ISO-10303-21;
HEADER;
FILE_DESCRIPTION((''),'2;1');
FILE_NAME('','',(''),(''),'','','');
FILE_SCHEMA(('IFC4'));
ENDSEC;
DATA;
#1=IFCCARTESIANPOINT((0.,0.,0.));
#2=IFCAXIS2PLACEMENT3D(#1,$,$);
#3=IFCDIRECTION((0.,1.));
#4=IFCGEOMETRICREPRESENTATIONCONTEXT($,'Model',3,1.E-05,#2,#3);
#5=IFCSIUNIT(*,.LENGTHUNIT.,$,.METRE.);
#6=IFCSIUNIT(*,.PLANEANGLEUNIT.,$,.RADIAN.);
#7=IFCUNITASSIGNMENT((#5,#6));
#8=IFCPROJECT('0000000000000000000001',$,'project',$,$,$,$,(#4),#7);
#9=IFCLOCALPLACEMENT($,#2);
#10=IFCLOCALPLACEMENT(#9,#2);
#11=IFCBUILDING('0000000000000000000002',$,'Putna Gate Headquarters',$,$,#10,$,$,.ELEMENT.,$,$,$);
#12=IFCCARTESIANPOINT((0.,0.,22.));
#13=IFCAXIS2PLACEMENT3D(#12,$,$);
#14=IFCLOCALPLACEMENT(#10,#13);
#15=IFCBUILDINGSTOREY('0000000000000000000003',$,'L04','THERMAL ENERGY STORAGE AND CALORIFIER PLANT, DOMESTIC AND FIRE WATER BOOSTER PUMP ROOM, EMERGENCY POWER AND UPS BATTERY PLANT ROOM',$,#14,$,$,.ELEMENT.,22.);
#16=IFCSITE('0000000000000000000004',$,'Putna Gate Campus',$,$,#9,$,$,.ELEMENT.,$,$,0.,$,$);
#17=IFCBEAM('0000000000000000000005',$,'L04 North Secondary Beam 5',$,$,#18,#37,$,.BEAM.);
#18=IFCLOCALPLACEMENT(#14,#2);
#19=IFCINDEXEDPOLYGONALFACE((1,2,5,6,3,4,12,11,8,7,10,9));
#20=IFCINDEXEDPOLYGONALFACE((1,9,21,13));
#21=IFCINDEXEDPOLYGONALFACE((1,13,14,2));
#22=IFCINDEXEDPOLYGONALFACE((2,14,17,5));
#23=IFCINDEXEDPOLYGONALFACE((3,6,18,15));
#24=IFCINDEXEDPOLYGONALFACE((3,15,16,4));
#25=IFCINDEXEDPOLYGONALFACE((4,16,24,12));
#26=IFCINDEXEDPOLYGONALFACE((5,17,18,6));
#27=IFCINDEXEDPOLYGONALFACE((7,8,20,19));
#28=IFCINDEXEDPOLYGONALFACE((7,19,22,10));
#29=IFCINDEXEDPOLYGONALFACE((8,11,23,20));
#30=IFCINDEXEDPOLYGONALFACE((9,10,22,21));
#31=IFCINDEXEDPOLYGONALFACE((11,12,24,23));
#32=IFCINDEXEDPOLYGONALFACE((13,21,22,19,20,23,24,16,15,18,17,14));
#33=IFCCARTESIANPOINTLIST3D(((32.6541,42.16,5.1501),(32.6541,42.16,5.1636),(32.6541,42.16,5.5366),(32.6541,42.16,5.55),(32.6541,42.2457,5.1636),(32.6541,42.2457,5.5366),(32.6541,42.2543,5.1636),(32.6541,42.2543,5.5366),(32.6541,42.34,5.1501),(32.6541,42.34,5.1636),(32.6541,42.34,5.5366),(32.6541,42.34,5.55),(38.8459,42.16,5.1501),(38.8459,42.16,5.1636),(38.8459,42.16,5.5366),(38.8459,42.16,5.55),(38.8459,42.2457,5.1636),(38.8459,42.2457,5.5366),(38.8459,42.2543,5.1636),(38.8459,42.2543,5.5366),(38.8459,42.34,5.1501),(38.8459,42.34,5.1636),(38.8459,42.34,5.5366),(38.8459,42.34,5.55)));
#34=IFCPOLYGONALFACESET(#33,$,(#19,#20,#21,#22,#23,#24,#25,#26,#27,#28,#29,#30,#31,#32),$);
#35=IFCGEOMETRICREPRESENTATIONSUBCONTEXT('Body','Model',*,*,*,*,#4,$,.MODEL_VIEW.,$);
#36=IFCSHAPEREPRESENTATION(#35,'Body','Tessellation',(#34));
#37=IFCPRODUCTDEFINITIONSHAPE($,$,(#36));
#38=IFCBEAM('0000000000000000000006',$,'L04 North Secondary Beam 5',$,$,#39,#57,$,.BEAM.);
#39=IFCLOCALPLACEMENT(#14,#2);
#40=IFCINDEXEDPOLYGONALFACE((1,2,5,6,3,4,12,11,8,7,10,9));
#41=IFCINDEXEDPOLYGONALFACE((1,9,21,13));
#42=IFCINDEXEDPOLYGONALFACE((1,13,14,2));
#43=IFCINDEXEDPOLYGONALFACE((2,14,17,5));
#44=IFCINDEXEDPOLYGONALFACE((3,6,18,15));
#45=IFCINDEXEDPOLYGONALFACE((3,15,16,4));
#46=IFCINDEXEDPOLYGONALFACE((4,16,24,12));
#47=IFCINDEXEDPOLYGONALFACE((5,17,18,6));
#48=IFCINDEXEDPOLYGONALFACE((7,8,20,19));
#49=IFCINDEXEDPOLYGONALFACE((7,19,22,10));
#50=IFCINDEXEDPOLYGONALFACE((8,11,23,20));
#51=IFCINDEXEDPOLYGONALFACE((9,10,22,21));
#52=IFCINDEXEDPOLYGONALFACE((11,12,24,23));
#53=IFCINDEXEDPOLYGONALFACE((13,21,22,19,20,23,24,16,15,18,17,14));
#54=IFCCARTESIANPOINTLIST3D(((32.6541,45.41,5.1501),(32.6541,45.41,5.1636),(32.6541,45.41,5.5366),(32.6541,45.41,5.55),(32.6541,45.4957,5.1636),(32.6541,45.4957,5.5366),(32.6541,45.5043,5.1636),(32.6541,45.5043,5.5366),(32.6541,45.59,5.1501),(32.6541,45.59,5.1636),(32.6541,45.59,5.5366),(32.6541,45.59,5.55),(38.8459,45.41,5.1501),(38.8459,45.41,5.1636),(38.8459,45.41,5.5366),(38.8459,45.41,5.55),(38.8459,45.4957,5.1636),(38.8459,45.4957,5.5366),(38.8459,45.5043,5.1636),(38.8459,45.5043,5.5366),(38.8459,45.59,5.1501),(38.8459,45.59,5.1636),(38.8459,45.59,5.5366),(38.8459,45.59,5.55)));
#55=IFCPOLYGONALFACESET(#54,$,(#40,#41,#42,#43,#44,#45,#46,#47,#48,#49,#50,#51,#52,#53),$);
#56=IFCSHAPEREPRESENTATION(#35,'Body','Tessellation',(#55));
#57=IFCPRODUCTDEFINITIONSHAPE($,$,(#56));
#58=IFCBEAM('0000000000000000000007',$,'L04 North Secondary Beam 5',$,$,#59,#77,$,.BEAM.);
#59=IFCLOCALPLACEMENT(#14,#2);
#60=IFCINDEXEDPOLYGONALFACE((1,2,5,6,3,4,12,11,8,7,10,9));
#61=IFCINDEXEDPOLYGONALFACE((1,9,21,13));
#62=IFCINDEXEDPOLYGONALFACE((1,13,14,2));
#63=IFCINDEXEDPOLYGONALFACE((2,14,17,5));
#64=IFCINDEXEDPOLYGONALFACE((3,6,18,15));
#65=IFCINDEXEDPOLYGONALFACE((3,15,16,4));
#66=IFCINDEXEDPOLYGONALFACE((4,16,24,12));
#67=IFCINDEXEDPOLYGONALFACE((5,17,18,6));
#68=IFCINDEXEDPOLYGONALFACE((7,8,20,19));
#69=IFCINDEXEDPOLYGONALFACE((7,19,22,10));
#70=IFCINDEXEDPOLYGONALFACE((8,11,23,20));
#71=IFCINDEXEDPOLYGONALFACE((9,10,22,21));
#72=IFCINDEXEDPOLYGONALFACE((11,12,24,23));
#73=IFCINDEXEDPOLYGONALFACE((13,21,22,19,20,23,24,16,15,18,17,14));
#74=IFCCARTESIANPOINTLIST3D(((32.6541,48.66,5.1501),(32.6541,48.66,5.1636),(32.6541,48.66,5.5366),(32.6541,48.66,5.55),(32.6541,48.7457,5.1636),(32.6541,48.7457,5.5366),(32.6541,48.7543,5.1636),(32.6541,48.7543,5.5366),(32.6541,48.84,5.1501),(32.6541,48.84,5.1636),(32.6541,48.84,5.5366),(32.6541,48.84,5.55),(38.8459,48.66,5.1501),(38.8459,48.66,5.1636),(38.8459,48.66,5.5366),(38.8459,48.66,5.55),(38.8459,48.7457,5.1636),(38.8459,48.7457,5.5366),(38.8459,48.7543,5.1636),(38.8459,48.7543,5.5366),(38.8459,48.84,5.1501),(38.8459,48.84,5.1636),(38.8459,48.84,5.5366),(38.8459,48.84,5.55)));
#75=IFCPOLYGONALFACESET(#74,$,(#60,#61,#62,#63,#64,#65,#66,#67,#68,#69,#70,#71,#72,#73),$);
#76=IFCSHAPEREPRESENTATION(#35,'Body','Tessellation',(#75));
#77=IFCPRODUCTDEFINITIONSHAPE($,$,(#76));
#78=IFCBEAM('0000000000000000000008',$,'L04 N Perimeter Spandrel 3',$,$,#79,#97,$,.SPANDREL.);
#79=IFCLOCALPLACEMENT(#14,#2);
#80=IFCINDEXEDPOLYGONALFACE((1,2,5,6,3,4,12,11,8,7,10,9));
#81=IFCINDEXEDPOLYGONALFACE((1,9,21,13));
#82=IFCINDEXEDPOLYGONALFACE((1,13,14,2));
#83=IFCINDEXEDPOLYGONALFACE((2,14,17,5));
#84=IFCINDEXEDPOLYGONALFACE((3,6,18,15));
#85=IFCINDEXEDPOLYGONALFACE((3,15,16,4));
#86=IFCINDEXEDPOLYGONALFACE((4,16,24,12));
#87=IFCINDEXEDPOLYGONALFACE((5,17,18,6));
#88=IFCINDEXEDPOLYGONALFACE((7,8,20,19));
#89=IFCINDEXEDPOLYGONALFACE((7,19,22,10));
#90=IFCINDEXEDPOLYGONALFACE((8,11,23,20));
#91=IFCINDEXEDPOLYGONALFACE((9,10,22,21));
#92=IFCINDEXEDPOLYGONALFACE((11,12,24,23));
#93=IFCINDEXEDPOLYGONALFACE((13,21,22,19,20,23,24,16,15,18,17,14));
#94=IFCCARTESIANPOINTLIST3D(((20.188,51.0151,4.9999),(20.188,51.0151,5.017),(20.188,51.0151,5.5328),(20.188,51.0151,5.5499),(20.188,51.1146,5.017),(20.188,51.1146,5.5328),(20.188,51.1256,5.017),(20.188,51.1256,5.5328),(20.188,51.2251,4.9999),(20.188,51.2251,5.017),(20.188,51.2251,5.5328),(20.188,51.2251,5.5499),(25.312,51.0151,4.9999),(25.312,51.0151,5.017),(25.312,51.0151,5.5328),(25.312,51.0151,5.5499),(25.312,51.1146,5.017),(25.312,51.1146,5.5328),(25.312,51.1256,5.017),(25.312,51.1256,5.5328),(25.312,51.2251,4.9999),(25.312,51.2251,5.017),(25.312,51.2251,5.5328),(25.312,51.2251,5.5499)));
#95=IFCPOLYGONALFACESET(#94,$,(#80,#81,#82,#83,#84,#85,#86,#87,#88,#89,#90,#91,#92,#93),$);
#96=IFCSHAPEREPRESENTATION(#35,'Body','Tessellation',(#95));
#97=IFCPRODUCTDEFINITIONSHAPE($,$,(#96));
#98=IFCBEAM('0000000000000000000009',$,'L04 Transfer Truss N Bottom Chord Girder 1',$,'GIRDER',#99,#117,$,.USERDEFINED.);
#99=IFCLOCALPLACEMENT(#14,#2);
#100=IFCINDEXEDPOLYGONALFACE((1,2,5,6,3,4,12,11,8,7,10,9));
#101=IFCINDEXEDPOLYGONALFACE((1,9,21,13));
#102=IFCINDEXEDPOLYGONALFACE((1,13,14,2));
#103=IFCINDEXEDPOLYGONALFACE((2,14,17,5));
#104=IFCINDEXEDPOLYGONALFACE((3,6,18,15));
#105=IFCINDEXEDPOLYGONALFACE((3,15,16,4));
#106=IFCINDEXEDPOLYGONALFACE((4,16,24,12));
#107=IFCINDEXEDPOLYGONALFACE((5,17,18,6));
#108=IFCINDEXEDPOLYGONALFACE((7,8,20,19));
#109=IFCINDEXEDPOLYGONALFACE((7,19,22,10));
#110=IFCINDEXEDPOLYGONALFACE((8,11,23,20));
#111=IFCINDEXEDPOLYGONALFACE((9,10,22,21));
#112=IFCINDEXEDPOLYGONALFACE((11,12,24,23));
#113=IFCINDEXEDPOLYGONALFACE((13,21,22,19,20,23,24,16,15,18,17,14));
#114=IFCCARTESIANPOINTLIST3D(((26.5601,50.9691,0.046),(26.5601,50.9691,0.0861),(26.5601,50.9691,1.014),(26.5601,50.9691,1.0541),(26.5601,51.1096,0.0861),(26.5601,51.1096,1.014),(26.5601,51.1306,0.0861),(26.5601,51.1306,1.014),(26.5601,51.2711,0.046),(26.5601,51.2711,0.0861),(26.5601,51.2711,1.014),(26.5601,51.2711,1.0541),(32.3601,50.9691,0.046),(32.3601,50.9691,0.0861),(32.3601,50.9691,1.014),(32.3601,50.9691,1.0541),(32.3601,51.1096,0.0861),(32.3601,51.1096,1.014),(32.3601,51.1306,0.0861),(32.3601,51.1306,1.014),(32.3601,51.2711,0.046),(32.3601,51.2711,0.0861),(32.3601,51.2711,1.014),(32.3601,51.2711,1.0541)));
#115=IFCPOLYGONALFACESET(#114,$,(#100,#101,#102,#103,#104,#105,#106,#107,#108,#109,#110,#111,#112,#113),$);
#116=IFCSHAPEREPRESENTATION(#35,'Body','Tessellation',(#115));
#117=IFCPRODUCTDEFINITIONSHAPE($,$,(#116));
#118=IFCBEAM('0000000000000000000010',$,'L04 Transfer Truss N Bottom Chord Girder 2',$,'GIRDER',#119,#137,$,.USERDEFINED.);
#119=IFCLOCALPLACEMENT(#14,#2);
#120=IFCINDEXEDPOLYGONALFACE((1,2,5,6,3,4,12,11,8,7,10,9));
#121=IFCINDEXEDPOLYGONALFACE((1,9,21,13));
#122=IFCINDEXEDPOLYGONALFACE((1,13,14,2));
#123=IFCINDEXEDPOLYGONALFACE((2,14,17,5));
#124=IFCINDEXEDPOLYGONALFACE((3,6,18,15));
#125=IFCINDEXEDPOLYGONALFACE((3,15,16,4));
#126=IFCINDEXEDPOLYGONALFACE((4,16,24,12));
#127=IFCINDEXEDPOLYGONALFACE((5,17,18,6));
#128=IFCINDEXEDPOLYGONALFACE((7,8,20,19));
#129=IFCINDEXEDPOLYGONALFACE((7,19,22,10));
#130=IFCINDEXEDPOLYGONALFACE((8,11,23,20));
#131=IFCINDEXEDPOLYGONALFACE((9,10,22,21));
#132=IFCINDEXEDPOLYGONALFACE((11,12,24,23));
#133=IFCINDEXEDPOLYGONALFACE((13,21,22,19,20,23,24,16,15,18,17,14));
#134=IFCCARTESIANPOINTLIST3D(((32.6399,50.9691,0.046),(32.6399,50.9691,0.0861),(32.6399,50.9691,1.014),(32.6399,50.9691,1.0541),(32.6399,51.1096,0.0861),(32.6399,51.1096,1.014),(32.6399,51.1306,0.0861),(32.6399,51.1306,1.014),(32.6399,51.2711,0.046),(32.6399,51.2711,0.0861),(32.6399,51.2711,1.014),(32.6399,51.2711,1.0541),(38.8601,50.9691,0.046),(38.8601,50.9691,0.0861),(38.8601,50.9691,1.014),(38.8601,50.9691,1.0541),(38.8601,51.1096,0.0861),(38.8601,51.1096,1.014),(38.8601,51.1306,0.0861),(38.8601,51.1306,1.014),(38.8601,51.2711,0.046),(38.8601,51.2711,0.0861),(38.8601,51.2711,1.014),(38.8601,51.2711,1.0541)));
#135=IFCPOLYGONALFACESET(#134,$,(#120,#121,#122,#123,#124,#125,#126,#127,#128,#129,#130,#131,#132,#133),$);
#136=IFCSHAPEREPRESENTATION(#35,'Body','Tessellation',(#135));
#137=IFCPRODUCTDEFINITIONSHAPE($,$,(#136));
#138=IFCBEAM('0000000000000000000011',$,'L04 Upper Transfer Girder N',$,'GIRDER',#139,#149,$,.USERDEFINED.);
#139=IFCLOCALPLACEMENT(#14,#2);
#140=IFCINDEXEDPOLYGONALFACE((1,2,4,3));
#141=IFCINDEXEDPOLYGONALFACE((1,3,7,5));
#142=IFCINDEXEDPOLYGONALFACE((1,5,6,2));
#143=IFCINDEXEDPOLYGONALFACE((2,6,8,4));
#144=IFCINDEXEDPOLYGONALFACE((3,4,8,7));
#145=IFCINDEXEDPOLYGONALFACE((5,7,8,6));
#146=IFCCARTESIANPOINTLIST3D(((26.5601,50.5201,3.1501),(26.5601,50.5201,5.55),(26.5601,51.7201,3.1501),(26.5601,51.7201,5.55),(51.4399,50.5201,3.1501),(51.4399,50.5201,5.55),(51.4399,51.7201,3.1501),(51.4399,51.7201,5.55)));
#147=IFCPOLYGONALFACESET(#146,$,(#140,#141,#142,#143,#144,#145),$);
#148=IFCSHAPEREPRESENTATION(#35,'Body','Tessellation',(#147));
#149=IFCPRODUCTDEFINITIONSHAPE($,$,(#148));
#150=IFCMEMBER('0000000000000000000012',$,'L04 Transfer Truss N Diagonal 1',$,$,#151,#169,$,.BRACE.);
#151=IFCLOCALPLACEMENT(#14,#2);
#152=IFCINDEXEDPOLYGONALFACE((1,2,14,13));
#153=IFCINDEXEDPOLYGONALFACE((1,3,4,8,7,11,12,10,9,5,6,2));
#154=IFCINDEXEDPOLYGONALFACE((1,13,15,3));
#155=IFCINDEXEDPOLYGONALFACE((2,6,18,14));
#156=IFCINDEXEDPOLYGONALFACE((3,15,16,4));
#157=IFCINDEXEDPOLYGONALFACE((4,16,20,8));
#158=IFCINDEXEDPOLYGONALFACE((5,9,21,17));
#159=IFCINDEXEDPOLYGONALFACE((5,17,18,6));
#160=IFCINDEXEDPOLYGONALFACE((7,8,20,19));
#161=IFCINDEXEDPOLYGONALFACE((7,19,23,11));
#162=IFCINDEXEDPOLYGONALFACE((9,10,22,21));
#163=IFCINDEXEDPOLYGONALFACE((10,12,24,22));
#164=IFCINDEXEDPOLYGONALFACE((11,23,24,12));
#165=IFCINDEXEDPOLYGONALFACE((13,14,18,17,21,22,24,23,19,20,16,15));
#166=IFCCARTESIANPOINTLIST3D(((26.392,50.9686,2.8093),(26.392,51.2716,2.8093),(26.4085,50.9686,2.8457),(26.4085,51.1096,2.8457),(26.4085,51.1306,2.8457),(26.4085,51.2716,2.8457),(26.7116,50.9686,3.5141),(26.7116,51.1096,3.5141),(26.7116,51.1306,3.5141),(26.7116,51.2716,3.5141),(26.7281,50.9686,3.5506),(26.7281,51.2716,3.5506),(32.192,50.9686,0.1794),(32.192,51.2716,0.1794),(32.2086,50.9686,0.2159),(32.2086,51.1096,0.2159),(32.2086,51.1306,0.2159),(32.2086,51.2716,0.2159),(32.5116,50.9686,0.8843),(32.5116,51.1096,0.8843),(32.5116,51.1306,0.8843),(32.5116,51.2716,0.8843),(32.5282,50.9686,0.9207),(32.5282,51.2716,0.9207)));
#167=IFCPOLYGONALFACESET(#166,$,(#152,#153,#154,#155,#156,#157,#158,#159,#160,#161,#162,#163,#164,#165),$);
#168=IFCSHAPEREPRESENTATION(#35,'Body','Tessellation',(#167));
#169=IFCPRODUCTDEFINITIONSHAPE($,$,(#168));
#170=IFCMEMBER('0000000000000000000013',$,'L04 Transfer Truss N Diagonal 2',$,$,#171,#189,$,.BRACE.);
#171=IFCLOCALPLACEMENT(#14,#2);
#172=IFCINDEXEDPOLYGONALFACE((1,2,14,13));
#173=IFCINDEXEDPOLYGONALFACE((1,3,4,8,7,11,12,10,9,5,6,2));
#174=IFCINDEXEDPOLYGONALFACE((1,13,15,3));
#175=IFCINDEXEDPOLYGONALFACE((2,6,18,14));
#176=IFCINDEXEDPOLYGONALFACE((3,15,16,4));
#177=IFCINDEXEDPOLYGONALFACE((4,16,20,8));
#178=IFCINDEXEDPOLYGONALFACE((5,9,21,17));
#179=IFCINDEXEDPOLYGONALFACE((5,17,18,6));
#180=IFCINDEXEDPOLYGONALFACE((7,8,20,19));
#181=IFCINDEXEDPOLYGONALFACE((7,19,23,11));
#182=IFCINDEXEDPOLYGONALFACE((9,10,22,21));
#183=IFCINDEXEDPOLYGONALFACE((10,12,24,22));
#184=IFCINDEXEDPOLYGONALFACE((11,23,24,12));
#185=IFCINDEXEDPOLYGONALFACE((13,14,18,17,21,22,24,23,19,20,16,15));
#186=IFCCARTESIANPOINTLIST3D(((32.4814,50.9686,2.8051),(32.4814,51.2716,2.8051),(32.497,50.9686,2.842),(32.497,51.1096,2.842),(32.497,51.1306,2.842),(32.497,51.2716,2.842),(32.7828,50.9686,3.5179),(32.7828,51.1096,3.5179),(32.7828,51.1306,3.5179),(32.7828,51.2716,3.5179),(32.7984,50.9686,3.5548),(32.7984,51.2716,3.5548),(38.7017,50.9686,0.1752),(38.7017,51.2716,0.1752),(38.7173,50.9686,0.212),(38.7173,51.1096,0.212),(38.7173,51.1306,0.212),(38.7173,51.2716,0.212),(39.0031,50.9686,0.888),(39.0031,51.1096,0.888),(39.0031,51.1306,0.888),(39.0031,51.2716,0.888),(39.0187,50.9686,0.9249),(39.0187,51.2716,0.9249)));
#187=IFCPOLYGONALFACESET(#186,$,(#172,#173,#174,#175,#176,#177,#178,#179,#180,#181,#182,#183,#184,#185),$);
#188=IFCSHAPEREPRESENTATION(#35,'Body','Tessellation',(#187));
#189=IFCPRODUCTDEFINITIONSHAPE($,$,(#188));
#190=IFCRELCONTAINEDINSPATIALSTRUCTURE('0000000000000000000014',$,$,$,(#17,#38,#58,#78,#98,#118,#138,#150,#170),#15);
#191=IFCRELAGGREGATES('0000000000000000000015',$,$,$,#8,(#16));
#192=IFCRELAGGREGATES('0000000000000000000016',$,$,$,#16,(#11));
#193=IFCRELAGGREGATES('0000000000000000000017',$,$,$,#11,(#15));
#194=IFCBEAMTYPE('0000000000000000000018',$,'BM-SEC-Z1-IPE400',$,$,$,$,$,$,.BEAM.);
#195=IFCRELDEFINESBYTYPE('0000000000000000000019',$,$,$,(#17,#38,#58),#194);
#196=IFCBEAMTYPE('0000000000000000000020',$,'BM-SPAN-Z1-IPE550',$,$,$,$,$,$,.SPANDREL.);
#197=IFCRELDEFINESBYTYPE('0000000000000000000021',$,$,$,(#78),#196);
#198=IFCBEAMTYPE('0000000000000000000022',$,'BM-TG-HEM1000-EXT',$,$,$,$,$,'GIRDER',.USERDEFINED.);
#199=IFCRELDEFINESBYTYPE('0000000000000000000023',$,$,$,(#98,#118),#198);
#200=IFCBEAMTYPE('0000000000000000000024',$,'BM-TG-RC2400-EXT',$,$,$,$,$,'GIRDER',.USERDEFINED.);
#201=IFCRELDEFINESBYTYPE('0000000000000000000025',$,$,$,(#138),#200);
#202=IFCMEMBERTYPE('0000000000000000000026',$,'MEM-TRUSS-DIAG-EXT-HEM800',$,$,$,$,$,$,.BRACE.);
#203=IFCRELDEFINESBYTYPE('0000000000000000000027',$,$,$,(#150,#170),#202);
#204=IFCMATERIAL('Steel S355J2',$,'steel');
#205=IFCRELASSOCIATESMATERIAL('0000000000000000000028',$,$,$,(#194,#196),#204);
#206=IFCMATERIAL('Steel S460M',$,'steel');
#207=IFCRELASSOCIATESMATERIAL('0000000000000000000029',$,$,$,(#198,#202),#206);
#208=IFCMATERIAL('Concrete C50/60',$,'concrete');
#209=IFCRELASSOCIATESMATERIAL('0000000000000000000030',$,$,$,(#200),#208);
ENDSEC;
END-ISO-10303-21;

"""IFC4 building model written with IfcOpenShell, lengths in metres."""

from ifc_helpers import new_model, si_unit, direction, frame, origin, origin_2d, place, context, subcontext, project, spatial, rectangle, i_section, extrude, material, material_profile, profile_set, type_object, element, save


model = new_model("IFC4")

# Units and contexts
model_context = context("Model", 3, precision=1e-05, world=origin(), true_north=direction((0.0, 1.0)))
body_context = subcontext(model_context, "Body", "Model", "MODEL_VIEW")
ifc_project = project(units=[si_unit("LENGTHUNIT", "METRE"), si_unit("PLANEANGLEUNIT", "RADIAN")], contexts=[model_context])

# Site, building, storey
site_placement = place(None, origin())
site = spatial("IfcSite", under=ifc_project, at=site_placement, Name="Putna Gate Campus", CompositionType="ELEMENT", RefElevation=0.0)
building_placement = place(site_placement, origin())
building = spatial("IfcBuilding", under=site, at=building_placement, Name="Putna Gate Headquarters", CompositionType="ELEMENT")
storey_placement = place(building_placement, frame((0.0, 0.0, 22.0)))
storey = spatial("IfcBuildingStorey", under=building, at=storey_placement, Name="L04", Description="THERMAL ENERGY STORAGE AND CALORIFIER PLANT, DOMESTIC AND FIRE WATER BOOSTER PUMP ROOM, EMERGENCY POWER AND UPS BATTERY PLANT ROOM", CompositionType="ELEMENT", Elevation=22.0)

# Shared definitions
ifc_material_1 = material(Name="Steel S460M", Category="steel")

# Beams
ifc_material_2 = material(Name="Steel S355J2", Category="steel")
ifc_material_profile_1 = material_profile(ifc_material_2, i_section(OverallWidth=0.1799, OverallDepth=0.3999, WebThickness=0.0085, FlangeThickness=0.0134, at=origin_2d()), Name="Steel S355J2")
ifc_profile_set_1 = profile_set([ifc_material_profile_1], Name="Steel S355J2")
beam_type_1 = type_object("IfcBeamType", Name="BM-SEC-Z1-IPE400", PredefinedType="BEAM", material=ifc_profile_set_1)
for number, where, z_axis, x_axis, name in (
    (1, (32.6541, 42.25, 5.3501), (1.0, 0.0, 0.0), (0.0, 1.0, 0.0), "L04 North Secondary Beam 5"),
    (2, (32.6541, 45.5, 5.3501), (1.0, 0.0, 0.0), (0.0, 1.0, 0.0), "L04 North Secondary Beam 5"),
    (3, (32.6541, 48.75, 5.3501), (1.0, 0.0, 0.0), (0.0, 1.0, 0.0), "L04 North Secondary Beam 5"),
):
    element("IfcBeam", number, at=place(storey_placement, frame(where, z_axis=z_axis, x_axis=x_axis)), inside=storey, type_object=beam_type_1, Name=name, PredefinedType="BEAM", context=body_context, shape_type="SweptSolid", body=[
        extrude(i_section(OverallWidth=0.1799, OverallDepth=0.3999, WebThickness=0.0085, FlangeThickness=0.0134, at=origin_2d()), origin(), (0.0, 0.0, 1.0), 6.1919),
    ])
ifc_material_profile_2 = material_profile(ifc_material_2, i_section(OverallWidth=0.21, OverallDepth=0.55, WebThickness=0.011, FlangeThickness=0.0171, at=origin_2d()), Name="Steel S355J2")
ifc_profile_set_2 = profile_set([ifc_material_profile_2], Name="Steel S355J2")
beam_type_2 = type_object("IfcBeamType", Name="BM-SPAN-Z1-IPE550", PredefinedType="SPANDREL", material=ifc_profile_set_2)
beam_1_placement = place(storey_placement, frame((20.188, 51.1201, 5.2749), z_axis=(1.0, 0.0, 0.0), x_axis=(0.0, 1.0, 0.0)))
element("IfcBeam", 4, at=beam_1_placement, inside=storey, type_object=beam_type_2, Name="L04 N Perimeter Spandrel 3", PredefinedType="SPANDREL", context=body_context, shape_type="SweptSolid", body=[
    extrude(i_section(OverallWidth=0.21, OverallDepth=0.55, WebThickness=0.011, FlangeThickness=0.0171, at=origin_2d()), origin(), (0.0, 0.0, 1.0), 5.124),
])
ifc_material_profile_3 = material_profile(ifc_material_1, i_section(OverallWidth=0.302, OverallDepth=1.0081, WebThickness=0.021, FlangeThickness=0.04, at=origin_2d()), Name="Steel S460M")
ifc_profile_set_3 = profile_set([ifc_material_profile_3], Name="Steel S460M")
beam_type_3 = type_object("IfcBeamType", Name="BM-TG-HEM1000-EXT", ElementType="GIRDER", PredefinedType="USERDEFINED", material=ifc_profile_set_3)
beam_2_placement = place(storey_placement, frame((26.5601, 51.1201, 0.55), z_axis=(1.0, 0.0, 0.0), x_axis=(0.0, 1.0, 0.0)))
element("IfcBeam", 5, at=beam_2_placement, inside=storey, type_object=beam_type_3, Name="L04 Transfer Truss N Bottom Chord Girder 1", ObjectType="GIRDER", PredefinedType="USERDEFINED", context=body_context, shape_type="SweptSolid", body=[
    extrude(i_section(OverallWidth=0.302, OverallDepth=1.0081, WebThickness=0.021, FlangeThickness=0.04, at=origin_2d()), origin(), (0.0, 0.0, 1.0), 5.8),
])
beam_3_placement = place(storey_placement, frame((32.6399, 51.1201, 0.55), z_axis=(1.0, 0.0, 0.0), x_axis=(0.0, 1.0, 0.0)))
element("IfcBeam", 6, at=beam_3_placement, inside=storey, type_object=beam_type_3, Name="L04 Transfer Truss N Bottom Chord Girder 2", ObjectType="GIRDER", PredefinedType="USERDEFINED", context=body_context, shape_type="SweptSolid", body=[
    extrude(i_section(OverallWidth=0.302, OverallDepth=1.0081, WebThickness=0.021, FlangeThickness=0.04, at=origin_2d()), origin(), (0.0, 0.0, 1.0), 6.2202),
])
ifc_material_3 = material(Name="Concrete C50/60", Category="concrete")
ifc_material_profile_4 = material_profile(ifc_material_3, rectangle(XDim=1.2, YDim=2.3999, at=origin_2d()), Name="Concrete C50/60")
ifc_profile_set_4 = profile_set([ifc_material_profile_4], Name="Concrete C50/60")
beam_type_4 = type_object("IfcBeamType", Name="BM-TG-RC2400-EXT", ElementType="GIRDER", PredefinedType="USERDEFINED", material=ifc_profile_set_4)
beam_4_placement = place(storey_placement, frame((26.5601, 51.1201, 4.3501), z_axis=(1.0, 0.0, 0.0), x_axis=(0.0, 1.0, 0.0)))
element("IfcBeam", 7, at=beam_4_placement, inside=storey, type_object=beam_type_4, Name="L04 Upper Transfer Girder N", ObjectType="GIRDER", PredefinedType="USERDEFINED", context=body_context, shape_type="SweptSolid", body=[
    extrude(rectangle(XDim=1.2, YDim=2.3999, at=origin_2d()), origin(), (0.0, 0.0, 1.0), 24.8799),
])

# Members
ifc_material_profile_5 = material_profile(ifc_material_1, i_section(OverallWidth=0.303, OverallDepth=0.814, WebThickness=0.021, FlangeThickness=0.04, at=origin_2d()), Name="Steel S460M")
ifc_profile_set_5 = profile_set([ifc_material_profile_5], Name="Steel S460M")
member_type_1 = type_object("IfcMemberType", Name="MEM-TRUSS-DIAG-EXT-HEM800", PredefinedType="BRACE", material=ifc_profile_set_5)
member_1_placement = place(storey_placement, frame((26.5601, 51.1201, 3.1799), z_axis=(0.910751, 0.0, -0.412956), x_axis=(0.0, 1.0, 0.0)))
element("IfcMember", 8, at=member_1_placement, inside=storey, type_object=member_type_1, Name="L04 Transfer Truss N Diagonal 1", PredefinedType="BRACE", context=body_context, shape_type="SweptSolid", body=[
    extrude(i_section(OverallWidth=0.303, OverallDepth=0.814, WebThickness=0.021, FlangeThickness=0.04, at=origin_2d()), origin(), (0.0, 0.0, 1.0), 6.3684),
])
member_2_placement = place(storey_placement, frame((32.6399, 51.1201, 3.1799), z_axis=(0.92106, 0.0, -0.389421), x_axis=(0.0, 1.0, 0.0)))
element("IfcMember", 9, at=member_2_placement, inside=storey, type_object=member_type_1, Name="L04 Transfer Truss N Diagonal 2", PredefinedType="BRACE", context=body_context, shape_type="SweptSolid", body=[
    extrude(i_section(OverallWidth=0.303, OverallDepth=0.814, WebThickness=0.021, FlangeThickness=0.04, at=origin_2d()), origin(), (0.0, 0.0, 1.0), 6.7534),
])

save(model, "model.ifc")
